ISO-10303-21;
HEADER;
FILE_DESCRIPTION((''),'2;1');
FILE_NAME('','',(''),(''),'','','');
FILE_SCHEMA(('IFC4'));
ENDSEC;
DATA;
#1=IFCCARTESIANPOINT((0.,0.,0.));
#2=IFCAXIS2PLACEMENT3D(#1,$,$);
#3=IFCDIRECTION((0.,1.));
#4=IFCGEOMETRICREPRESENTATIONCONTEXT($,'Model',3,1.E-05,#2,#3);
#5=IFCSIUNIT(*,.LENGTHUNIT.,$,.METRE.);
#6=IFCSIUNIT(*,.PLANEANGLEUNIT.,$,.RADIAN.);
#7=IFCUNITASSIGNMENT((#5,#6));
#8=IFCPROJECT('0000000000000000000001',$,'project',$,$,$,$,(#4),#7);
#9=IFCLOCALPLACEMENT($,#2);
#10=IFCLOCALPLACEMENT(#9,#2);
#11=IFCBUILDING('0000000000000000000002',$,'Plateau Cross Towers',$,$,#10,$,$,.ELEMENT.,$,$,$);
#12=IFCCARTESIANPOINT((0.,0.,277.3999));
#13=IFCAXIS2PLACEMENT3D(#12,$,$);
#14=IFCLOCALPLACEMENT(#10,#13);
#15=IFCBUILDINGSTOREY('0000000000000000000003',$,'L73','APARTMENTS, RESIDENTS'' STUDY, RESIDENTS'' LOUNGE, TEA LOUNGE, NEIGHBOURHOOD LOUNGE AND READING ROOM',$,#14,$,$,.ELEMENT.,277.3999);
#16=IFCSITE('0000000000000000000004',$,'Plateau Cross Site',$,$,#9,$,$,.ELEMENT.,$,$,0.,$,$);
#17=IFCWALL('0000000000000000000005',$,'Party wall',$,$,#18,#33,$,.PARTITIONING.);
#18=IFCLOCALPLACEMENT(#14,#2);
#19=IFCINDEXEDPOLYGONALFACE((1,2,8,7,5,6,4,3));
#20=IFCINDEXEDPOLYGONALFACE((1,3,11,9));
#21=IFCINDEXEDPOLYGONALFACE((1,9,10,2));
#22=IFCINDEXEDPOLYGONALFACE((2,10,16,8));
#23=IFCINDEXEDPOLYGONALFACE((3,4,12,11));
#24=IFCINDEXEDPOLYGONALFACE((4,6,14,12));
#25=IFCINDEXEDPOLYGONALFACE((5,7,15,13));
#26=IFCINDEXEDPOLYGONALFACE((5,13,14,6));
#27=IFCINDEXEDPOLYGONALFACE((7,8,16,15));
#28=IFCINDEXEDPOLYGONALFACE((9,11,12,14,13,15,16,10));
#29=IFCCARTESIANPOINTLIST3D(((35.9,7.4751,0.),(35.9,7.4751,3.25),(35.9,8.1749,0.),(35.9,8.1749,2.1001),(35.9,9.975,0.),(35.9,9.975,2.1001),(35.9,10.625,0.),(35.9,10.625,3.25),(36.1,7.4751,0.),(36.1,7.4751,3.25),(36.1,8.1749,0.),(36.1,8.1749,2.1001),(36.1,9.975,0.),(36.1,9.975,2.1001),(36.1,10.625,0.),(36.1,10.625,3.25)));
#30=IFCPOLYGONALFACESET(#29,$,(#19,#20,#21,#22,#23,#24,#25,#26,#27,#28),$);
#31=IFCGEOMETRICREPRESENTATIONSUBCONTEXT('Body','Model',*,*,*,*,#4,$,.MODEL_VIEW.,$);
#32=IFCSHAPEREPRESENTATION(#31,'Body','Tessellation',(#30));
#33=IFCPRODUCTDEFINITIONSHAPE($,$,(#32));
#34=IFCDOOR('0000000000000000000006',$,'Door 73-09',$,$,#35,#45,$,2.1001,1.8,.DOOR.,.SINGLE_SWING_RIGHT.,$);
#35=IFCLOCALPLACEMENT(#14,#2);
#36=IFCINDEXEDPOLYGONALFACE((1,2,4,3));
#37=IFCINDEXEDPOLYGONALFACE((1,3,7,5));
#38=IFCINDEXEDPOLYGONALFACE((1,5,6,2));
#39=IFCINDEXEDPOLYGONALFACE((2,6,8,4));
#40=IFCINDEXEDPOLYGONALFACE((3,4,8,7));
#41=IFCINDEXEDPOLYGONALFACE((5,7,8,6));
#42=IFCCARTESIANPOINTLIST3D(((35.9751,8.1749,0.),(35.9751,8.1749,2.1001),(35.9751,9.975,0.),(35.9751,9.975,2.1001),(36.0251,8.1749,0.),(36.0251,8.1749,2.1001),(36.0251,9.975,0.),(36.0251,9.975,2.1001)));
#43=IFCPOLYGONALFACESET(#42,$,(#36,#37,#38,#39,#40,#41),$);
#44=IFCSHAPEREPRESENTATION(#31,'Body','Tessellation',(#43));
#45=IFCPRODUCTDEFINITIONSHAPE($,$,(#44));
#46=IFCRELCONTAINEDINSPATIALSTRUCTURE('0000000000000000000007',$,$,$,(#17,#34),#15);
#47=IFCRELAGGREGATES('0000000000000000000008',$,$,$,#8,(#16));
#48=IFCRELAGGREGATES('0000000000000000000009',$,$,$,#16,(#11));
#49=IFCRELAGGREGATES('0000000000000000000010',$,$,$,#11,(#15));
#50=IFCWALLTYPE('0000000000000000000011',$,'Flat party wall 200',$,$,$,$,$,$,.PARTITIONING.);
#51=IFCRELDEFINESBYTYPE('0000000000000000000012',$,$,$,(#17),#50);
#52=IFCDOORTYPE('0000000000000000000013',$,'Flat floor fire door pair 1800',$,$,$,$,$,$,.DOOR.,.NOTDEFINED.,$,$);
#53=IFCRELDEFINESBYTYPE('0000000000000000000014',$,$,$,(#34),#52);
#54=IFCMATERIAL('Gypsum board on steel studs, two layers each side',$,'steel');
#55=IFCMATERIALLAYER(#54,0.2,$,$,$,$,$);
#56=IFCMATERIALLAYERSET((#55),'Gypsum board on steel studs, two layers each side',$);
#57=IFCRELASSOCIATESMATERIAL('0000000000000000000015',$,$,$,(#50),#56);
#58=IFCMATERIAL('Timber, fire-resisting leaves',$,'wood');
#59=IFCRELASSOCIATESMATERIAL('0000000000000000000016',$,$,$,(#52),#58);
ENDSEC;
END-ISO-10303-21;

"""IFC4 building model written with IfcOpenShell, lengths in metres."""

from ifc_helpers import new_model, si_unit, direction, frame, frame_2d, origin, place, context, subcontext, project, spatial, rectangle, extrude, material, layer, layer_set, type_object, element, fill, save


model = new_model("IFC4")

# Units and contexts
model_context = context("Model", 3, precision=1e-05, world=origin(), true_north=direction((0.0, 1.0)))
body_context = subcontext(model_context, "Body", "Model", "MODEL_VIEW")
ifc_project = project(units=[si_unit("LENGTHUNIT", "METRE"), si_unit("PLANEANGLEUNIT", "RADIAN")], contexts=[model_context])

# Site, building, storey
site_placement = place(None, origin())
site = spatial("IfcSite", under=ifc_project, at=site_placement, Name="Plateau Cross Site", CompositionType="ELEMENT", RefElevation=0.0)
building_placement = place(site_placement, origin())
building = spatial("IfcBuilding", under=site, at=building_placement, Name="Plateau Cross Towers", CompositionType="ELEMENT")
storey_placement = place(building_placement, frame((0.0, 0.0, 277.3999)))
storey = spatial("IfcBuildingStorey", under=building, at=storey_placement, Name="L73", Description="APARTMENTS, RESIDENTS' STUDY, RESIDENTS' LOUNGE, TEA LOUNGE, NEIGHBOURHOOD LOUNGE AND READING ROOM", CompositionType="ELEMENT", Elevation=277.3999)

# Shared definitions
ifc_material_1 = material(Name="Gypsum board on steel studs, two layers each side", Category="steel")
ifc_layer_1 = layer(ifc_material_1, 0.2)
ifc_layer_set_1 = layer_set([ifc_layer_1], Name="Gypsum board on steel studs, two layers each side")
wall_type_1 = type_object("IfcWallType", Name="Flat party wall 200", PredefinedType="PARTITIONING", material=ifc_layer_set_1)

# Wall, opening, door
wall_1_placement = place(storey_placement, frame((36.0, 7.4751, 0.0), z_axis=(0.0, 0.0, 1.0), x_axis=(0.0, 1.0, 0.0)))
wall_1 = element("IfcWall", 1, at=wall_1_placement, inside=storey, type_object=wall_type_1, Name="Party wall", PredefinedType="PARTITIONING", context=body_context, shape_type="SweptSolid", body=[
    extrude(rectangle(XDim=3.1499, YDim=0.2, at=frame_2d((1.575, 0.0))), origin(), (0.0, 0.0, 1.0), 3.25),
])
opening_1_placement = place(wall_1_placement, frame((0.7, 0.0, 0.0)))
opening_1 = element("IfcOpeningElement", 2, at=opening_1_placement, cuts=wall_1, PredefinedType="OPENING", context=body_context, shape_type="SweptSolid", body=[
    extrude(rectangle(XDim=1.8, YDim=2.1001, at=frame_2d((0.8999, 1.05))), frame((0.0, 0.1099, 0.0), z_axis=(0.0, -1.0, 0.0), x_axis=(1.0, 0.0, 0.0)), (0.0, 0.0, 1.0), 0.22),
])
ifc_material_2 = material(Name="Timber, fire-resisting leaves", Category="wood")
door_type_1 = type_object("IfcDoorType", Name="Flat floor fire door pair 1800", OperationType="NOTDEFINED", PredefinedType="DOOR", material=ifc_material_2)
door_1_placement = place(opening_1_placement, origin())
door_1 = element("IfcDoor", 3, at=door_1_placement, inside=storey, type_object=door_type_1, Name="Door 73-09", OperationType="SINGLE_SWING_RIGHT", OverallHeight=2.1001, OverallWidth=1.8, PredefinedType="DOOR", context=body_context, shape_type="SweptSolid", body=[
    extrude(rectangle(XDim=1.8, YDim=2.1001, at=frame_2d((0.8999, 1.05))), frame((0.0, 0.0249, 0.0), z_axis=(0.0, -1.0, 0.0), x_axis=(1.0, 0.0, 0.0)), (0.0, 0.0, 1.0), 0.05),
])
fill(opening_1, door_1)

save(model, "model.ifc")
